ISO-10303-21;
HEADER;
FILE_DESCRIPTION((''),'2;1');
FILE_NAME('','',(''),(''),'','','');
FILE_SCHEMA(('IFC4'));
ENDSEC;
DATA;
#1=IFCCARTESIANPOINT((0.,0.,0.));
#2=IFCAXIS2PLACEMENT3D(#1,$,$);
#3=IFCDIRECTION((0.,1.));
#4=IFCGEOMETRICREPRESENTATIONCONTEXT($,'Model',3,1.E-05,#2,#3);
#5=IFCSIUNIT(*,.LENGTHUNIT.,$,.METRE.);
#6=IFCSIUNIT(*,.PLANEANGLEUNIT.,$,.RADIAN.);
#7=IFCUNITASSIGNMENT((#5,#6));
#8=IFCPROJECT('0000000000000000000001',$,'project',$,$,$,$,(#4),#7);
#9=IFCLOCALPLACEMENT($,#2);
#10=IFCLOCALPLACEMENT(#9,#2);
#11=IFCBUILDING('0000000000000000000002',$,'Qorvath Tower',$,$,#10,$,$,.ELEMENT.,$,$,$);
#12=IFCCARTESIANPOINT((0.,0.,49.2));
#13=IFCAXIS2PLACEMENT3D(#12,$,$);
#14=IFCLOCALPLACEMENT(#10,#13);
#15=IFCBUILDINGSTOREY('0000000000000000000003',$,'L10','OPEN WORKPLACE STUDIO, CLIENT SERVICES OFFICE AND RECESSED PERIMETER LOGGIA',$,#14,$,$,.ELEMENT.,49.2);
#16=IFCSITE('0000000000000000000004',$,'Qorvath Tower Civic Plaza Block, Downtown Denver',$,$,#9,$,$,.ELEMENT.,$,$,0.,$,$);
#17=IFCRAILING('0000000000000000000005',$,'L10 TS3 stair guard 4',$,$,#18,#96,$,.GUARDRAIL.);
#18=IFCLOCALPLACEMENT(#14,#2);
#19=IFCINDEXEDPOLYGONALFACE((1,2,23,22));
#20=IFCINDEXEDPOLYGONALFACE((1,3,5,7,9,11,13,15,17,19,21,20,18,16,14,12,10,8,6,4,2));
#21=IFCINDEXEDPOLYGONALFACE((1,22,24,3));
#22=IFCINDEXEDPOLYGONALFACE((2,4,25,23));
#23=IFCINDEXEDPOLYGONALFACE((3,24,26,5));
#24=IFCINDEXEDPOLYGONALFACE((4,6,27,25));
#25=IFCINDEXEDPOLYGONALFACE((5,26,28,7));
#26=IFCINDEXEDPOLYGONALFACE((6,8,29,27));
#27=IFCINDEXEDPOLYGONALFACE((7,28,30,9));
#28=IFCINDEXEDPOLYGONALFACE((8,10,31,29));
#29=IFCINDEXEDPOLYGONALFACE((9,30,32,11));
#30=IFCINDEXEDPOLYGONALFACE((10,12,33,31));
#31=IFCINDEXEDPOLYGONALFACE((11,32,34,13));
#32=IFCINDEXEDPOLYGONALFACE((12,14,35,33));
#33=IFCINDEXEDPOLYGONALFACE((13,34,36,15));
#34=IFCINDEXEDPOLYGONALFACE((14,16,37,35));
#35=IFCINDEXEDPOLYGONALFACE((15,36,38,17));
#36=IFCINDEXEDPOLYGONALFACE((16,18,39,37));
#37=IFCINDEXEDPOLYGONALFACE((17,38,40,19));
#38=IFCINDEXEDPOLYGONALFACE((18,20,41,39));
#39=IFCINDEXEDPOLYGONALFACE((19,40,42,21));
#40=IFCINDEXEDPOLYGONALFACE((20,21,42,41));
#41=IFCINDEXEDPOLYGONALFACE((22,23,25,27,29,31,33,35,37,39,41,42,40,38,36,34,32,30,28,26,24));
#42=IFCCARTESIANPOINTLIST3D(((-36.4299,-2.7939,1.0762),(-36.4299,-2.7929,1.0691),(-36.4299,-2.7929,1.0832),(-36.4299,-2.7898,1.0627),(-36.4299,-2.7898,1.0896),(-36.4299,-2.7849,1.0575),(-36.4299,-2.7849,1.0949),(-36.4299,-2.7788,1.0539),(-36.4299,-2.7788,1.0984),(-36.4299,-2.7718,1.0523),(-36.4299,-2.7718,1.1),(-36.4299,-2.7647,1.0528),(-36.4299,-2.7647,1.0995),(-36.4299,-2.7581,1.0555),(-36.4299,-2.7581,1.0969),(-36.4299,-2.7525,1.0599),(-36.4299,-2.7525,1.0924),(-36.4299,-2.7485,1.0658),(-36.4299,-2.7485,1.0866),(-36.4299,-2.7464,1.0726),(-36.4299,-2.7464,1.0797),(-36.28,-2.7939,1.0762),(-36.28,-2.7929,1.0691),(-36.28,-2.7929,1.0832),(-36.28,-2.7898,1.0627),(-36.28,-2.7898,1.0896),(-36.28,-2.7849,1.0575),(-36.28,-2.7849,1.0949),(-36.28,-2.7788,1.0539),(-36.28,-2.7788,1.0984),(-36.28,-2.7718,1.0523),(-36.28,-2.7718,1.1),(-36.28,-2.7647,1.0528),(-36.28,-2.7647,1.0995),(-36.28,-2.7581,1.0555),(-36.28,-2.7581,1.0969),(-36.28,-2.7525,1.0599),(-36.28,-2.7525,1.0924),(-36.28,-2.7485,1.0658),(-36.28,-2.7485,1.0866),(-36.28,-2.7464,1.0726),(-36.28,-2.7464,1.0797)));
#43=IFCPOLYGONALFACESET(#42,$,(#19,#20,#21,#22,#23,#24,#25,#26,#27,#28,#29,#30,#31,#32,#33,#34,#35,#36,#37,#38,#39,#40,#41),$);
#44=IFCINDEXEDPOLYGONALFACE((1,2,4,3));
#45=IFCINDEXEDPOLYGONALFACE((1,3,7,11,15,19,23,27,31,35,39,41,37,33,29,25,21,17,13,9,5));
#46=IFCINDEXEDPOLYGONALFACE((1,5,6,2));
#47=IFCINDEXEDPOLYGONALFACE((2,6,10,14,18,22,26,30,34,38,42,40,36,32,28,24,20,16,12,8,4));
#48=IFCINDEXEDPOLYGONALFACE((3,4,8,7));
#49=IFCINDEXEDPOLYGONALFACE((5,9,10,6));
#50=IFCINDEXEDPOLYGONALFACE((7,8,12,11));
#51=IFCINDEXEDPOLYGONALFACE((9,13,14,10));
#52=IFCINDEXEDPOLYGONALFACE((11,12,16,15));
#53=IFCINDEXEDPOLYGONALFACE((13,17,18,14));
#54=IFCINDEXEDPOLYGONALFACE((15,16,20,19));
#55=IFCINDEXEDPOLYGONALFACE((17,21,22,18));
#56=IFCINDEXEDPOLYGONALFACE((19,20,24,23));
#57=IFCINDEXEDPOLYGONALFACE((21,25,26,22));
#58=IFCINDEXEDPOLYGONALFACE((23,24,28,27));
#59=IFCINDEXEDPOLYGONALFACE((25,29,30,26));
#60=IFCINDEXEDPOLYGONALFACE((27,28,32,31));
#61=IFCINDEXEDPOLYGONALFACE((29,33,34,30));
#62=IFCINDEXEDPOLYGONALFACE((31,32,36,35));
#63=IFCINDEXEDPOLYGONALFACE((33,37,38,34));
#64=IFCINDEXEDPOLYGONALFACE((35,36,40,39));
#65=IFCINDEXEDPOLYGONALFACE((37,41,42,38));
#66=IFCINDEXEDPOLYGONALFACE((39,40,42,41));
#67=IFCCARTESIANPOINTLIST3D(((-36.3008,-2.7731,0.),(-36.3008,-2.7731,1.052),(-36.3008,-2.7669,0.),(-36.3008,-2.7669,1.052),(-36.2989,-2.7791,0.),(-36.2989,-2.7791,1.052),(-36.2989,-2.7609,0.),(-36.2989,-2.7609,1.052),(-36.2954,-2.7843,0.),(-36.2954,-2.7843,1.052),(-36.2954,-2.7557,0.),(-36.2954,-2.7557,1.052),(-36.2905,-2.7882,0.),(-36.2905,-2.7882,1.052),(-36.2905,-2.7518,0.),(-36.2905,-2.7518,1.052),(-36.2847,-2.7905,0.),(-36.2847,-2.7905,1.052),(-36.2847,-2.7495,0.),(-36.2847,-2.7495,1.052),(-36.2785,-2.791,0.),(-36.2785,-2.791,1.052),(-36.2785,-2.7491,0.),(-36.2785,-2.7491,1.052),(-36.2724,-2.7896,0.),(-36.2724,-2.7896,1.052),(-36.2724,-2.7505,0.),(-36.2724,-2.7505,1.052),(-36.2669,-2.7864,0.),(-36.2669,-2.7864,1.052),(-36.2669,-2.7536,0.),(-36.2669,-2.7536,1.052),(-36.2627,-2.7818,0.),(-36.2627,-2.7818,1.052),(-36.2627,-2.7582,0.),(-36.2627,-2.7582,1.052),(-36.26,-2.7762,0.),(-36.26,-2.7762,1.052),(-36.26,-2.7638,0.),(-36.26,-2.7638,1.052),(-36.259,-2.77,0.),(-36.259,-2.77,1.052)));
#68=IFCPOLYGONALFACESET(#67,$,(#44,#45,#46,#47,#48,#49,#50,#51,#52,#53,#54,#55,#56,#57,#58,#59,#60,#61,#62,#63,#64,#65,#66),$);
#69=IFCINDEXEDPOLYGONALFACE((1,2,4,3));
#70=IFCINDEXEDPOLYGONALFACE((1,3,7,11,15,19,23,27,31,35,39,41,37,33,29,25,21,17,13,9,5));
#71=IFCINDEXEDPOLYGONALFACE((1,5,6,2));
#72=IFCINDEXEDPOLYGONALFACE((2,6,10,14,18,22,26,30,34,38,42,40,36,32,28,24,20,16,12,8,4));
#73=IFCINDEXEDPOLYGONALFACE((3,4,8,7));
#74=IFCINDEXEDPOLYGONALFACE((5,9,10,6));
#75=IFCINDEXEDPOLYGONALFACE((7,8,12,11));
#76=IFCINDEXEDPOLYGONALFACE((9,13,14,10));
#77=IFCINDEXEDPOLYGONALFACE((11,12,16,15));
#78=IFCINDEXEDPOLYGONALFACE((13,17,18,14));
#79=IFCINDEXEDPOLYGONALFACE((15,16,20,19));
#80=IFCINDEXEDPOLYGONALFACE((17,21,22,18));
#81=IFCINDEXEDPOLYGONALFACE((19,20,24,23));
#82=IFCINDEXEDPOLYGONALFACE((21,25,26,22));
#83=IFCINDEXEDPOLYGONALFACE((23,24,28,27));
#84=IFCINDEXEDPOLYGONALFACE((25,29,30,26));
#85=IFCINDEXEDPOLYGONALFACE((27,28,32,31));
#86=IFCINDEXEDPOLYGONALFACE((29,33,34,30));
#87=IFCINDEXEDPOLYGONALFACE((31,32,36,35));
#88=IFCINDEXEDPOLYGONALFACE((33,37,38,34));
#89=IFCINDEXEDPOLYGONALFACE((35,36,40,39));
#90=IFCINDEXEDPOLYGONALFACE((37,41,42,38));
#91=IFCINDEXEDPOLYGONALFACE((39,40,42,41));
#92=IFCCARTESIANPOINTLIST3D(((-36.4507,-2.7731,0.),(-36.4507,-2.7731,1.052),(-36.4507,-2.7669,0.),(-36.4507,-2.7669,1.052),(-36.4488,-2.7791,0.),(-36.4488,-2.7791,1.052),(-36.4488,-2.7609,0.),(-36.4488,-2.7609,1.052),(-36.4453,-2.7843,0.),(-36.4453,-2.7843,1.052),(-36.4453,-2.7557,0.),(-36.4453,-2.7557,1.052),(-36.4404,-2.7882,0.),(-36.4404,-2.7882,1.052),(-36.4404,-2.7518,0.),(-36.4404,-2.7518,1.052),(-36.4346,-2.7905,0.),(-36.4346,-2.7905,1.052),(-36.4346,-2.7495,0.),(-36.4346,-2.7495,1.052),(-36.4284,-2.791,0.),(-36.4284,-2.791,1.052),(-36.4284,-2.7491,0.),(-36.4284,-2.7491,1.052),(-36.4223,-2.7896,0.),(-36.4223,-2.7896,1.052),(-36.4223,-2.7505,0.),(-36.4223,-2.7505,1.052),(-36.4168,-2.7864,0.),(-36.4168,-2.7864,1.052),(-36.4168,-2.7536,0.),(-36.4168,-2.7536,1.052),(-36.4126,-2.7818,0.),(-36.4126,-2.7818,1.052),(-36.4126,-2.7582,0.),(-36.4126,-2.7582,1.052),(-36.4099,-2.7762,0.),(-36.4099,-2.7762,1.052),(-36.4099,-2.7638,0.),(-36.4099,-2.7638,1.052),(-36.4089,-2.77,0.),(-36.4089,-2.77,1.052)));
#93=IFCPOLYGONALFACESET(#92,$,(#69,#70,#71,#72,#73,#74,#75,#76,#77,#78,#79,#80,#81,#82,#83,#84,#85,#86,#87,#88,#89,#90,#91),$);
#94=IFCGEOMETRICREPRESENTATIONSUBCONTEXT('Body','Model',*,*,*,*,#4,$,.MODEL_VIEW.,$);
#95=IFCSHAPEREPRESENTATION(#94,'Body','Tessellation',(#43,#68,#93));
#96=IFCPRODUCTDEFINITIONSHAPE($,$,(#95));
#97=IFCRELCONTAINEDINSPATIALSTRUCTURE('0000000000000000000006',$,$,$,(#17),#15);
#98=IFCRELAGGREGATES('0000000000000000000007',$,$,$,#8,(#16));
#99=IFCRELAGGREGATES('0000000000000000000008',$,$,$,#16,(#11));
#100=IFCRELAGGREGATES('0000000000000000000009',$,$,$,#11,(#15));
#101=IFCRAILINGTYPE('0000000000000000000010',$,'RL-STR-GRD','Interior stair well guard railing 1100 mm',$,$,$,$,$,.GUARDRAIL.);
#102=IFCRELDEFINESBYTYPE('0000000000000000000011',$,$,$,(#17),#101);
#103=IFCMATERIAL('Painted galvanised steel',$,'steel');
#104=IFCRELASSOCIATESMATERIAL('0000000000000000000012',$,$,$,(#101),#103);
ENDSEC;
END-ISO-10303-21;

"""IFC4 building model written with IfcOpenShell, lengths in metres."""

from ifc_helpers import new_model, si_unit, direction, frame, origin, origin_2d, place, context, subcontext, project, spatial, circle, extrude, material, type_object, element, save


model = new_model("IFC4")

# Units and contexts
model_context = context("Model", 3, precision=1e-05, world=origin(), true_north=direction((0.0, 1.0)))
body_context = subcontext(model_context, "Body", "Model", "MODEL_VIEW")
ifc_project = project(units=[si_unit("LENGTHUNIT", "METRE"), si_unit("PLANEANGLEUNIT", "RADIAN")], contexts=[model_context])

# Site, building, storey
site_placement = place(None, origin())
site = spatial("IfcSite", under=ifc_project, at=site_placement, Name="Qorvath Tower Civic Plaza Block, Downtown Denver", CompositionType="ELEMENT", RefElevation=0.0)
building_placement = place(site_placement, origin())
building = spatial("IfcBuilding", under=site, at=building_placement, Name="Qorvath Tower", CompositionType="ELEMENT")
storey_placement = place(building_placement, frame((0.0, 0.0, 49.2)))
storey = spatial("IfcBuildingStorey", under=building, at=storey_placement, Name="L10", Description="OPEN WORKPLACE STUDIO, CLIENT SERVICES OFFICE AND RECESSED PERIMETER LOGGIA", CompositionType="ELEMENT", Elevation=49.2)

# Railing
ifc_material_1 = material(Name="Painted galvanised steel", Category="steel")
railing_type_1 = type_object("IfcRailingType", Name="RL-STR-GRD", Description="Interior stair well guard railing 1100 mm", PredefinedType="GUARDRAIL", material=ifc_material_1)
railing_1_placement = place(storey_placement, frame((-36.28, -2.77, 0.0)))
element("IfcRailing", 1, at=railing_1_placement, inside=storey, type_object=railing_type_1, Name="L10 TS3 stair guard 4", PredefinedType="GUARDRAIL", context=body_context, shape_type="SweptSolid", body=[
    extrude(circle(Radius=0.0239, at=origin_2d()), frame((0.0, 0.0, 1.0762), z_axis=(-1.0, 0.0, 0.0), x_axis=(0.0, -1.0, 0.0)), (0.0, 0.0, 1.0), 0.1499),
    extrude(circle(Radius=0.021, at=origin_2d()), origin(), (0.0, 0.0, 1.0), 1.052),
    extrude(circle(Radius=0.021, at=origin_2d()), frame((-0.1499, 0.0, 0.0)), (0.0, 0.0, 1.0), 1.052),
])

save(model, "model.ifc")
